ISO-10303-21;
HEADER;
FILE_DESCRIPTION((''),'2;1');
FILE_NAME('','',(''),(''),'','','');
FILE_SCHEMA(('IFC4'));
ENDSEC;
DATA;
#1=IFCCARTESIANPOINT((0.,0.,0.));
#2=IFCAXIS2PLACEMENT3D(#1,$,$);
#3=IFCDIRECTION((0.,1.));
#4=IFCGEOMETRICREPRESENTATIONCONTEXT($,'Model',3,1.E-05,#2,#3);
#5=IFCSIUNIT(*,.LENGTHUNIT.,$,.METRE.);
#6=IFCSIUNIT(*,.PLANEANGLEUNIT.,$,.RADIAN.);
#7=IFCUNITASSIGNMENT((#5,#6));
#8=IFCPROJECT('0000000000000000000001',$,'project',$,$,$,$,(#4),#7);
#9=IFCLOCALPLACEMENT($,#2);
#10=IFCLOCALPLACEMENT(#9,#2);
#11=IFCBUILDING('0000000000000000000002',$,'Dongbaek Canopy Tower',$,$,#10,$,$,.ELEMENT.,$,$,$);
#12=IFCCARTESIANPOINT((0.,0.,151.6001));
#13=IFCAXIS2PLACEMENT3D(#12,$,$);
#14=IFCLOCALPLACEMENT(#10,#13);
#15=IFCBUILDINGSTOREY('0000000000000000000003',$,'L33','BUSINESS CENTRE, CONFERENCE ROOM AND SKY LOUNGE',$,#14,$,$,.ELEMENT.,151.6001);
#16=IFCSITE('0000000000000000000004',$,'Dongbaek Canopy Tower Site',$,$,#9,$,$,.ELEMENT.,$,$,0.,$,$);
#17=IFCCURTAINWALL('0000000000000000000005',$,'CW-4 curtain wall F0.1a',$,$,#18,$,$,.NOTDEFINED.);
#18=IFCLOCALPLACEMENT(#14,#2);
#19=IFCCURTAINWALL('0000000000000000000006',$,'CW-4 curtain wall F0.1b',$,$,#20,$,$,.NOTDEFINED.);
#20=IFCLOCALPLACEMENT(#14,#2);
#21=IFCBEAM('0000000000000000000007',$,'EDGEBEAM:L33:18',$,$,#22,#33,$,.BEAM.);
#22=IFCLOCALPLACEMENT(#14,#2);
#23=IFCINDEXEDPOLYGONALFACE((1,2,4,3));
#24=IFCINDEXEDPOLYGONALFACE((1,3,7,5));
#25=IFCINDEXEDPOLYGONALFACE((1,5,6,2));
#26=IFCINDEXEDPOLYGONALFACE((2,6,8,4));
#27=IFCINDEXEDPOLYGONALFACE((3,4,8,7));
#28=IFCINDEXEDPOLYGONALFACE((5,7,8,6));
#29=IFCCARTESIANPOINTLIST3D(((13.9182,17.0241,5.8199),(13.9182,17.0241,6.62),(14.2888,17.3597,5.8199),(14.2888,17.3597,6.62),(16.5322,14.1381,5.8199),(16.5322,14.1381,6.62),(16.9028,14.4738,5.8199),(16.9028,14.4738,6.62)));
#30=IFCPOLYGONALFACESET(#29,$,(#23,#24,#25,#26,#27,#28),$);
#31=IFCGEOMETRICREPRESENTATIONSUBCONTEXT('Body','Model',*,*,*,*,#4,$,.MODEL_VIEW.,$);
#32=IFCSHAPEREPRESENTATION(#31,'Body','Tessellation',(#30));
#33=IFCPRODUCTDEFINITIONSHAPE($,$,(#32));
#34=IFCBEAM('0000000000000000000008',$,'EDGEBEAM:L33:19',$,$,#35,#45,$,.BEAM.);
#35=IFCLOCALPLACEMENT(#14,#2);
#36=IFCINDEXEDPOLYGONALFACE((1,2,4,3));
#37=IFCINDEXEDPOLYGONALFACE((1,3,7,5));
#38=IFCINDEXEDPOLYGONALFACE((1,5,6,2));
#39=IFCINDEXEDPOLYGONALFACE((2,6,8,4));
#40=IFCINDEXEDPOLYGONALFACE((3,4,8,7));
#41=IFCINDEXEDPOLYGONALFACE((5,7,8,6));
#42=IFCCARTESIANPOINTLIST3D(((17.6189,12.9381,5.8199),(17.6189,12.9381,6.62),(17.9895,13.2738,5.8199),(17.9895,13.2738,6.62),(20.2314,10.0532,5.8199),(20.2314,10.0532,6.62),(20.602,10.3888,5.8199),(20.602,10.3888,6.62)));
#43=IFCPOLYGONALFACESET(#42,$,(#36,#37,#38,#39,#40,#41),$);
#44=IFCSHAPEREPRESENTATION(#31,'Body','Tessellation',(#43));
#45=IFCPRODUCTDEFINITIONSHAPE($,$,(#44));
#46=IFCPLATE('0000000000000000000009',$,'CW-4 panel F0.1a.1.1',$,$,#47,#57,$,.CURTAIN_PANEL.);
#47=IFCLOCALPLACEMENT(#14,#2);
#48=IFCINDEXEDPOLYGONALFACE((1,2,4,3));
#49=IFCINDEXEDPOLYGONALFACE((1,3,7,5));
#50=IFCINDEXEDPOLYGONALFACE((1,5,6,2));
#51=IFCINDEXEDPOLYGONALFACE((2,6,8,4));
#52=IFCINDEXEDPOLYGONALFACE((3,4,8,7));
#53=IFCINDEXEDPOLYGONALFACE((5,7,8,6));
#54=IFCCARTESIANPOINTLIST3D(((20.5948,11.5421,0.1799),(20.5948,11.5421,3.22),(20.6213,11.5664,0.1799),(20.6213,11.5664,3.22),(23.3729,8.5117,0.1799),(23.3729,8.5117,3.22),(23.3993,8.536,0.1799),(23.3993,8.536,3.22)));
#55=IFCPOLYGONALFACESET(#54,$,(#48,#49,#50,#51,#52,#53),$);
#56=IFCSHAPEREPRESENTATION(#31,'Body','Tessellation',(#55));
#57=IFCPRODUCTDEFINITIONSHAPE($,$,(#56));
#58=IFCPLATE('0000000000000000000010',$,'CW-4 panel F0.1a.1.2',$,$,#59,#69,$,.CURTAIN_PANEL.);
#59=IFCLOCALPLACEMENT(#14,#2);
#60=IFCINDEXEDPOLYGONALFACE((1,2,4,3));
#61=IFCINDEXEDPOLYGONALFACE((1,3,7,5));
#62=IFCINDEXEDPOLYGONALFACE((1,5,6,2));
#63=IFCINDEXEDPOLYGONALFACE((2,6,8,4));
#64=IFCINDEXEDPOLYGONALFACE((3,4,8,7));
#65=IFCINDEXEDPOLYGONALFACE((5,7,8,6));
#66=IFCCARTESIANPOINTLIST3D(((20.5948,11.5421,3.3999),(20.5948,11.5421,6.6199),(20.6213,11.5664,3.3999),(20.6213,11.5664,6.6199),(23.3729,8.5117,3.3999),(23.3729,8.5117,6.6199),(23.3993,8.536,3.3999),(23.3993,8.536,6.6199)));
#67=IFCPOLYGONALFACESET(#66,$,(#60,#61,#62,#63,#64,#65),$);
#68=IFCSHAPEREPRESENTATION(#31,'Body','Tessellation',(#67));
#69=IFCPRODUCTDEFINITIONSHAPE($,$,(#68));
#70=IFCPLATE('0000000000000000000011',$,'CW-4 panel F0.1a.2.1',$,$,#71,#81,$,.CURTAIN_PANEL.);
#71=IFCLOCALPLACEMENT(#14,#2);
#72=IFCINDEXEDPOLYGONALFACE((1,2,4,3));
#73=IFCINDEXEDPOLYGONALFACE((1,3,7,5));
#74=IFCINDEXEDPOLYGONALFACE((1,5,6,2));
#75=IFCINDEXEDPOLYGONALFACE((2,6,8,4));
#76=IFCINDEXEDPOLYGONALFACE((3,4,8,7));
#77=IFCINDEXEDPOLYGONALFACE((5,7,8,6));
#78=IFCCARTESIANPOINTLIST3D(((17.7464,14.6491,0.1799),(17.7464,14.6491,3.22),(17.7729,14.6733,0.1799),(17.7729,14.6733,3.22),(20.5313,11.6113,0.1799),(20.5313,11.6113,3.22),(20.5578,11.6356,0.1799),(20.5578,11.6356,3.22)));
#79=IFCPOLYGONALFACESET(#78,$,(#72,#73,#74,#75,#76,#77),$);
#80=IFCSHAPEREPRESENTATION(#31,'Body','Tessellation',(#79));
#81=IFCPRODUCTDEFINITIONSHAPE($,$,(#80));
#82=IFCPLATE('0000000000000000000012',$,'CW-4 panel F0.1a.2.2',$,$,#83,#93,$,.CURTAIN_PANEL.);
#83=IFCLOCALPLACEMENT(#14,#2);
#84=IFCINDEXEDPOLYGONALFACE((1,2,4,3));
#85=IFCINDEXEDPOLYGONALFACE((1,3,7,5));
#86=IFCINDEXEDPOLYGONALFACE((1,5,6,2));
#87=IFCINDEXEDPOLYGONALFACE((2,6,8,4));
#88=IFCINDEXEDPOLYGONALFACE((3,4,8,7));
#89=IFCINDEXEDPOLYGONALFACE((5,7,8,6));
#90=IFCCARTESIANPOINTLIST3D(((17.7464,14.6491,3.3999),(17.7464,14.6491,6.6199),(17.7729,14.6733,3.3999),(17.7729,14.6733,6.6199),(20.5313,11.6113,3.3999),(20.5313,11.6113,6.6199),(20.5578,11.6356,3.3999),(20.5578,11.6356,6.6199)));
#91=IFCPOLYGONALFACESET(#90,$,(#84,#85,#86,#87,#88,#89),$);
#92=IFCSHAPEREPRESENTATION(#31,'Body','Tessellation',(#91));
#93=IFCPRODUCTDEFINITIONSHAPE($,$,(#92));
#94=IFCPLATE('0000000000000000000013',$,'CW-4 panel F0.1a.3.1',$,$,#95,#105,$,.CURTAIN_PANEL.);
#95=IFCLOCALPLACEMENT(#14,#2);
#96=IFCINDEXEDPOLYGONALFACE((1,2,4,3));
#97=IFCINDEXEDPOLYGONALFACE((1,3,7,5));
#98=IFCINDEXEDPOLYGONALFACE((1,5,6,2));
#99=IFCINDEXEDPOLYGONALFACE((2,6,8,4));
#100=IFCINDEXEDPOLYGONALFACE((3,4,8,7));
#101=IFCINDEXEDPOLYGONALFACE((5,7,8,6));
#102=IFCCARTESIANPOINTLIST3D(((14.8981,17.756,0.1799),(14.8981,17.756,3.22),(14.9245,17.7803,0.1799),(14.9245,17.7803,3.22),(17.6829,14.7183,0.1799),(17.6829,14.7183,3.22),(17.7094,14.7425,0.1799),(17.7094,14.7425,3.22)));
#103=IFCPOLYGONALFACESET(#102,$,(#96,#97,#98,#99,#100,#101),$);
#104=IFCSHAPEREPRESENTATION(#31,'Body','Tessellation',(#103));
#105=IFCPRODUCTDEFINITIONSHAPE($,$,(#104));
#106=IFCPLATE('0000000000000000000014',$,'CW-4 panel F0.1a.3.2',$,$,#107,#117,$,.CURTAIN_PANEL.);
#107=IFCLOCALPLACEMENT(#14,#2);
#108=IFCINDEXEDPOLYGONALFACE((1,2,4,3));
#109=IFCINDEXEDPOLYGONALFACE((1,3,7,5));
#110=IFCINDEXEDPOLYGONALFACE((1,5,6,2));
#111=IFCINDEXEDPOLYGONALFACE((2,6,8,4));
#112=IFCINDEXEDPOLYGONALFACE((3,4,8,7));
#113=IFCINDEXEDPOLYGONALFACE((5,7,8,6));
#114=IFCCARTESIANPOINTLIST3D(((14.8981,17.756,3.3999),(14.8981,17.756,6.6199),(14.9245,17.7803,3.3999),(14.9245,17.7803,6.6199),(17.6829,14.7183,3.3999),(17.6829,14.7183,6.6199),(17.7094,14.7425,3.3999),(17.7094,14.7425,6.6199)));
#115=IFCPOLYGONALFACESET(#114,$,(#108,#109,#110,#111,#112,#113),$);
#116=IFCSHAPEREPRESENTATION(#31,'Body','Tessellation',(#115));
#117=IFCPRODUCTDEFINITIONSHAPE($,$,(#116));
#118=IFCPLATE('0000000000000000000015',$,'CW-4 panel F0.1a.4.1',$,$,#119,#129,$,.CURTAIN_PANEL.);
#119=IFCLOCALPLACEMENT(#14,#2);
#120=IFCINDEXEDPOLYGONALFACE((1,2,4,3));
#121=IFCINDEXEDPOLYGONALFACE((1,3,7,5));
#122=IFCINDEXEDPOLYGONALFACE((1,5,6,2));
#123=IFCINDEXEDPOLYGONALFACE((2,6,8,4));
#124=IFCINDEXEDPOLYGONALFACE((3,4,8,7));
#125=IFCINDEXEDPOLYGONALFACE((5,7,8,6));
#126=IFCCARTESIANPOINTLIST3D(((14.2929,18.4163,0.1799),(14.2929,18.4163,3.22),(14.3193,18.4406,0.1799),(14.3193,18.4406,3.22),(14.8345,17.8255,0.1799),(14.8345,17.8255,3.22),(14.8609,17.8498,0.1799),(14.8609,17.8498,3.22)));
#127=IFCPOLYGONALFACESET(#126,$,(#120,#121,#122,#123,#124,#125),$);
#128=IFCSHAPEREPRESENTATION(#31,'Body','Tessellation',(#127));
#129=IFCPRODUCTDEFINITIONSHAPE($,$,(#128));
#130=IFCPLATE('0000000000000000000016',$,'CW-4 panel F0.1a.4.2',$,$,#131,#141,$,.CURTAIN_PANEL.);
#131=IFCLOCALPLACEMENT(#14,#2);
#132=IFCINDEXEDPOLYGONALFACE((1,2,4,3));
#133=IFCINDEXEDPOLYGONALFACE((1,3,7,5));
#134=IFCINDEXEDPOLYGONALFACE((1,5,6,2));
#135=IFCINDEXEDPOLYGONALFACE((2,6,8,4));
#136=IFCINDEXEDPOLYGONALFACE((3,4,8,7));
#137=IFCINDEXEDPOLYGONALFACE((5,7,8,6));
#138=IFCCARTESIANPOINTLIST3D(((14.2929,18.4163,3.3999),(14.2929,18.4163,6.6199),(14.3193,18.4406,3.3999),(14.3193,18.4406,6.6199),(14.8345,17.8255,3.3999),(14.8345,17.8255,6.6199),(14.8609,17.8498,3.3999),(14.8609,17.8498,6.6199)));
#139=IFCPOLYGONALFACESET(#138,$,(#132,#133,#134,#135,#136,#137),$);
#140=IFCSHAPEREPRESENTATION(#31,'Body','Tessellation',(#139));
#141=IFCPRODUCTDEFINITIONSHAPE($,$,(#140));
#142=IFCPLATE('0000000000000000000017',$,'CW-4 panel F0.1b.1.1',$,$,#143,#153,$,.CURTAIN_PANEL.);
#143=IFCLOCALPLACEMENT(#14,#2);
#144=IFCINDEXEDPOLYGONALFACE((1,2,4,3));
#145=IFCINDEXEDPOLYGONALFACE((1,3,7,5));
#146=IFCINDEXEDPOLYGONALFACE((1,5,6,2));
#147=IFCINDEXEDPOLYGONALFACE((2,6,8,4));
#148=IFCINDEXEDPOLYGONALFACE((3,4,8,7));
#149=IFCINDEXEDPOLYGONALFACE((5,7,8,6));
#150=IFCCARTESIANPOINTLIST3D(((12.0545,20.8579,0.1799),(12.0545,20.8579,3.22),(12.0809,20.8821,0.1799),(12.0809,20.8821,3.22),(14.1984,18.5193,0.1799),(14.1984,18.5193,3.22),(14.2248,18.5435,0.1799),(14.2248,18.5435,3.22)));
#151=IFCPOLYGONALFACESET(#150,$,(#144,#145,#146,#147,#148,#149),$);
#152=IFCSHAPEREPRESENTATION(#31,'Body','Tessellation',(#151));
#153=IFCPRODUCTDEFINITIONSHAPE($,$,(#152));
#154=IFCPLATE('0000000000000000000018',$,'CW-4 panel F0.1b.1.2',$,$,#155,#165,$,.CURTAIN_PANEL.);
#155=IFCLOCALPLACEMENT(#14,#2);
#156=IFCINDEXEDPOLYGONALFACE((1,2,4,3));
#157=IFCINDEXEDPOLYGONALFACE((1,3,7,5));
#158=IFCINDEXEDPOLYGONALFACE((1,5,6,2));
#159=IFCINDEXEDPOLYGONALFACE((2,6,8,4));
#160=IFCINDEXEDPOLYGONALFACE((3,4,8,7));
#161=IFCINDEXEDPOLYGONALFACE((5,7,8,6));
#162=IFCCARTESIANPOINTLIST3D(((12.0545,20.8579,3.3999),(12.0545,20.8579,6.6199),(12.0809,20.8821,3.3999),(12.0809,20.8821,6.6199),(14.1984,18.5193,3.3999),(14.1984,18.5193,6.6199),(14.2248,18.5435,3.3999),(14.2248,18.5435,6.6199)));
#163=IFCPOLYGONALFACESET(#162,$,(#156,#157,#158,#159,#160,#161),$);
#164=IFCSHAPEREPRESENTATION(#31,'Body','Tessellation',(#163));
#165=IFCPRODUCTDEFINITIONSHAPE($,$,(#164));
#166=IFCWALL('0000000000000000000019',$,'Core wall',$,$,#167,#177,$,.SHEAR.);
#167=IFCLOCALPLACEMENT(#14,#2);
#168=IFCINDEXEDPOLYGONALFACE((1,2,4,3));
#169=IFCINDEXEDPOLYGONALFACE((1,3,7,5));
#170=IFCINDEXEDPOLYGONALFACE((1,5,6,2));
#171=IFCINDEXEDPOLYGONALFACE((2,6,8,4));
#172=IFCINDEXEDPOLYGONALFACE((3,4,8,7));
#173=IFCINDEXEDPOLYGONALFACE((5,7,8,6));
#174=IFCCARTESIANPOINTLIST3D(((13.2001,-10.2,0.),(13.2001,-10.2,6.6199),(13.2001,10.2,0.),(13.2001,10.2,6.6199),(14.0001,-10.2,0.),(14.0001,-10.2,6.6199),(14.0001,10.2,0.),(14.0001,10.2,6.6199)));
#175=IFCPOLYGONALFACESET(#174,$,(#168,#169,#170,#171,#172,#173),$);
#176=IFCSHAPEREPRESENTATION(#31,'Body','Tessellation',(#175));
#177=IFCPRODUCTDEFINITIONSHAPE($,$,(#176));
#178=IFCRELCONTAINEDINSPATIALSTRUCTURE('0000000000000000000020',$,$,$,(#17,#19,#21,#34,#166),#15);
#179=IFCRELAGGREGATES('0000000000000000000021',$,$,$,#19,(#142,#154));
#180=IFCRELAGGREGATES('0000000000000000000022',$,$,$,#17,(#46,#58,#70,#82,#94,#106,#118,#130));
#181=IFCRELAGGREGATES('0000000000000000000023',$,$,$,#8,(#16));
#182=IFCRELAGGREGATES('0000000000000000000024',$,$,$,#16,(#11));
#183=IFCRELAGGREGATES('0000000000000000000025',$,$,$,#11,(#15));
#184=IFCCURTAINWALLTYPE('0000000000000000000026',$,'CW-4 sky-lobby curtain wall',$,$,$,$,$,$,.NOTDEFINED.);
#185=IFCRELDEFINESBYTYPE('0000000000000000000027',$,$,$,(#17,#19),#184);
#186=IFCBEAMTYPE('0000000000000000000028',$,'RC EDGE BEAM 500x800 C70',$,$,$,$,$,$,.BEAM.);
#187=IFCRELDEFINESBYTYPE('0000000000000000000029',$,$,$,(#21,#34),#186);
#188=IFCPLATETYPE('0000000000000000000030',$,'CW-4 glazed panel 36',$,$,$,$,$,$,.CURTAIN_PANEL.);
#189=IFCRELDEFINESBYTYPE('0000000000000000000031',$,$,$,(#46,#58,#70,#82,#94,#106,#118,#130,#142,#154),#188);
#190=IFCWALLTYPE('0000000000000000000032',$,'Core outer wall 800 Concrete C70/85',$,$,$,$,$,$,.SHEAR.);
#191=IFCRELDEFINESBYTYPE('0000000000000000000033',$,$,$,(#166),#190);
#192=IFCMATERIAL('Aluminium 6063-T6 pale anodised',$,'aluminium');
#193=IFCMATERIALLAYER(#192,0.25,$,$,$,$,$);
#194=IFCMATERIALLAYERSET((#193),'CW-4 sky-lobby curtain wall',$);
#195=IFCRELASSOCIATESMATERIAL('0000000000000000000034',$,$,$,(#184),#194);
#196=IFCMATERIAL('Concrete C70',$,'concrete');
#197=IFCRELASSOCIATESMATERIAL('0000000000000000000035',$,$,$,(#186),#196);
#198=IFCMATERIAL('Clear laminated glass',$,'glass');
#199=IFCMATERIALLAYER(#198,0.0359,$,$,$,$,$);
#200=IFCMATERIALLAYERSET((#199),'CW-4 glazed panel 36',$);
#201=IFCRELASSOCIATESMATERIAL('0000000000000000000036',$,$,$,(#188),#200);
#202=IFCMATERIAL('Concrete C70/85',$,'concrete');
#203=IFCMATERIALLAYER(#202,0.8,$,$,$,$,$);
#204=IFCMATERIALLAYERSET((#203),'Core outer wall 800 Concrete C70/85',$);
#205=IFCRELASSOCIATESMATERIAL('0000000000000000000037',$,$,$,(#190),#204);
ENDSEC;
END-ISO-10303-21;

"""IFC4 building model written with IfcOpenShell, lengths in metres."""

from ifc_helpers import new_model, si_unit, direction, frame, frame_2d, origin, origin_2d, place, context, subcontext, project, spatial, rectangle, extrude, material, layer, layer_set, material_profile, profile_set, type_object, element, aggregate, save


model = new_model("IFC4")

# Units and contexts
model_context = context("Model", 3, precision=1e-05, world=origin(), true_north=direction((0.0, 1.0)))
body_context = subcontext(model_context, "Body", "Model", "MODEL_VIEW")
ifc_project = project(units=[si_unit("LENGTHUNIT", "METRE"), si_unit("PLANEANGLEUNIT", "RADIAN")], contexts=[model_context])

# Site, building, storey
site_placement = place(None, origin())
site = spatial("IfcSite", under=ifc_project, at=site_placement, Name="Dongbaek Canopy Tower Site", CompositionType="ELEMENT", RefElevation=0.0)
building_placement = place(site_placement, origin())
building = spatial("IfcBuilding", under=site, at=building_placement, Name="Dongbaek Canopy Tower", CompositionType="ELEMENT")
storey_placement = place(building_placement, frame((0.0, 0.0, 151.6001)))
storey = spatial("IfcBuildingStorey", under=building, at=storey_placement, Name="L33", Description="BUSINESS CENTRE, CONFERENCE ROOM AND SKY LOUNGE", CompositionType="ELEMENT", Elevation=151.6001)

# Curtain walls
ifc_material_1 = material(Name="Aluminium 6063-T6 pale anodised", Category="aluminium")
ifc_layer_1 = layer(ifc_material_1, 0.25)
ifc_layer_set_1 = layer_set([ifc_layer_1], Name="CW-4 sky-lobby curtain wall")
curtain_wall_type = type_object("IfcCurtainWallType", Name="CW-4 sky-lobby curtain wall", PredefinedType="NOTDEFINED", material=ifc_layer_set_1)
curtain_wall_1_placement = place(storey_placement, origin())
curtain_wall_1 = element("IfcCurtainWall", 1, at=curtain_wall_1_placement, inside=storey, type_object=curtain_wall_type, Name="CW-4 curtain wall F0.1a", PredefinedType="NOTDEFINED")
curtain_wall_2_placement = place(storey_placement, origin())
curtain_wall_2 = element("IfcCurtainWall", 2, at=curtain_wall_2_placement, inside=storey, type_object=curtain_wall_type, Name="CW-4 curtain wall F0.1b", PredefinedType="NOTDEFINED")

# Beams
ifc_material_2 = material(Name="Concrete C70", Category="concrete")
ifc_material_profile_1 = material_profile(ifc_material_2, rectangle(XDim=0.5, YDim=0.8, at=origin_2d()), Name="RC EDGE BEAM 500x800 C70")
ifc_profile_set_1 = profile_set([ifc_material_profile_1], Name="Concrete C70")
beam_type = type_object("IfcBeamType", Name="RC EDGE BEAM 500x800 C70", PredefinedType="BEAM", material=ifc_profile_set_1)
beam_1_placement = place(storey_placement, frame((14.1035, 17.1919, 6.22), z_axis=(0.67132, -0.741167, 0.0), x_axis=(0.741167, 0.67132, 0.0)))
element("IfcBeam", 3, at=beam_1_placement, inside=storey, type_object=beam_type, Name="EDGEBEAM:L33:18", PredefinedType="BEAM", context=body_context, shape_type="SweptSolid", body=[
    extrude(rectangle(XDim=0.5, YDim=0.8, at=origin_2d()), origin(), (0.0, 0.0, 1.0), 3.8938),
])
beam_2_placement = place(storey_placement, frame((17.8042, 13.106, 6.22), z_axis=(0.671238, -0.741241, 0.0), x_axis=(0.741241, 0.671238, 0.0)))
element("IfcBeam", 4, at=beam_2_placement, inside=storey, type_object=beam_type, Name="EDGEBEAM:L33:19", PredefinedType="BEAM", context=body_context, shape_type="SweptSolid", body=[
    extrude(rectangle(XDim=0.5, YDim=0.8, at=origin_2d()), origin(), (0.0, 0.0, 1.0), 3.8921),
])

# Plates
ifc_material_3 = material(Name="Clear laminated glass", Category="glass")
ifc_layer_2 = layer(ifc_material_3, 0.0359)
ifc_layer_set_2 = layer_set([ifc_layer_2], Name="CW-4 glazed panel 36")
plate_type = type_object("IfcPlateType", Name="CW-4 glazed panel 36", PredefinedType="CURTAIN_PANEL", material=ifc_layer_set_2)
plate_1_placement = place(storey_placement, frame((21.9971, 10.0391, 0.1799), z_axis=(0.0, 0.0, 1.0), x_axis=(-0.675756, 0.737125, 0.0)))
plate_1 = element("IfcPlate", 5, at=plate_1_placement, type_object=plate_type, Name="CW-4 panel F0.1a.1.1", PredefinedType="CURTAIN_PANEL", context=body_context, shape_type="SweptSolid", body=[
    extrude(rectangle(XDim=4.1111, YDim=0.0359, at=origin_2d()), origin(), (0.0, 0.0, 1.0), 3.04),
])
plate_2_placement = place(storey_placement, frame((21.9971, 10.0391, 3.3999), z_axis=(0.0, 0.0, 1.0), x_axis=(-0.675756, 0.737125, 0.0)))
plate_2 = element("IfcPlate", 6, at=plate_2_placement, type_object=plate_type, Name="CW-4 panel F0.1a.1.2", PredefinedType="CURTAIN_PANEL", context=body_context, shape_type="SweptSolid", body=[
    extrude(rectangle(XDim=4.1111, YDim=0.0359, at=origin_2d()), origin(), (0.0, 0.0, 1.0), 3.22),
])
plate_3_placement = place(storey_placement, frame((19.1521, 13.1423, 0.1799), z_axis=(0.0, 0.0, 1.0), x_axis=(-0.675756, 0.737125, 0.0)))
plate_3 = element("IfcPlate", 7, at=plate_3_placement, type_object=plate_type, Name="CW-4 panel F0.1a.2.1", PredefinedType="CURTAIN_PANEL", context=body_context, shape_type="SweptSolid", body=[
    extrude(rectangle(XDim=4.1211, YDim=0.0359, at=origin_2d()), origin(), (0.0, 0.0, 1.0), 3.04),
])
plate_4_placement = place(storey_placement, frame((19.1521, 13.1423, 3.3999), z_axis=(0.0, 0.0, 1.0), x_axis=(-0.675756, 0.737125, 0.0)))
plate_4 = element("IfcPlate", 8, at=plate_4_placement, type_object=plate_type, Name="CW-4 panel F0.1a.2.2", PredefinedType="CURTAIN_PANEL", context=body_context, shape_type="SweptSolid", body=[
    extrude(rectangle(XDim=4.1211, YDim=0.0359, at=origin_2d()), origin(), (0.0, 0.0, 1.0), 3.22),
])
plate_5_placement = place(storey_placement, frame((16.3037, 16.2493, 0.1799), z_axis=(0.0, 0.0, 1.0), x_axis=(-0.675756, 0.737125, 0.0)))
plate_5 = element("IfcPlate", 9, at=plate_5_placement, type_object=plate_type, Name="CW-4 panel F0.1a.3.1", PredefinedType="CURTAIN_PANEL", context=body_context, shape_type="SweptSolid", body=[
    extrude(rectangle(XDim=4.1211, YDim=0.0359, at=origin_2d()), origin(), (0.0, 0.0, 1.0), 3.04),
])
plate_6_placement = place(storey_placement, frame((16.3037, 16.2493, 3.3999), z_axis=(0.0, 0.0, 1.0), x_axis=(-0.675756, 0.737125, 0.0)))
plate_6 = element("IfcPlate", 10, at=plate_6_placement, type_object=plate_type, Name="CW-4 panel F0.1a.3.2", PredefinedType="CURTAIN_PANEL", context=body_context, shape_type="SweptSolid", body=[
    extrude(rectangle(XDim=4.1211, YDim=0.0359, at=origin_2d()), origin(), (0.0, 0.0, 1.0), 3.22),
])
plate_7_placement = place(storey_placement, frame((14.5769, 18.1331, 0.1799), z_axis=(0.0, 0.0, 1.0), x_axis=(-0.675756, 0.737125, 0.0)))
plate_7 = element("IfcPlate", 11, at=plate_7_placement, type_object=plate_type, Name="CW-4 panel F0.1a.4.1", PredefinedType="CURTAIN_PANEL", context=body_context, shape_type="SweptSolid", body=[
    extrude(rectangle(XDim=0.8015, YDim=0.0359, at=origin_2d()), origin(), (0.0, 0.0, 1.0), 3.04),
])
plate_8_placement = place(storey_placement, frame((14.5769, 18.1331, 3.3999), z_axis=(0.0, 0.0, 1.0), x_axis=(-0.675756, 0.737125, 0.0)))
plate_8 = element("IfcPlate", 12, at=plate_8_placement, type_object=plate_type, Name="CW-4 panel F0.1a.4.2", PredefinedType="CURTAIN_PANEL", context=body_context, shape_type="SweptSolid", body=[
    extrude(rectangle(XDim=0.8015, YDim=0.0359, at=origin_2d()), origin(), (0.0, 0.0, 1.0), 3.22),
])
plate_9_placement = place(storey_placement, frame((13.1396, 19.7007, 0.1799), z_axis=(0.0, 0.0, 1.0), x_axis=(-0.675756, 0.737125, 0.0)))
plate_9 = element("IfcPlate", 13, at=plate_9_placement, type_object=plate_type, Name="CW-4 panel F0.1b.1.1", PredefinedType="CURTAIN_PANEL", context=body_context, shape_type="SweptSolid", body=[
    extrude(rectangle(XDim=3.1726, YDim=0.0359, at=origin_2d()), origin(), (0.0, 0.0, 1.0), 3.04),
])
plate_10_placement = place(storey_placement, frame((13.1396, 19.7007, 3.3999), z_axis=(0.0, 0.0, 1.0), x_axis=(-0.675756, 0.737125, 0.0)))
plate_10 = element("IfcPlate", 14, at=plate_10_placement, type_object=plate_type, Name="CW-4 panel F0.1b.1.2", PredefinedType="CURTAIN_PANEL", context=body_context, shape_type="SweptSolid", body=[
    extrude(rectangle(XDim=3.1726, YDim=0.0359, at=origin_2d()), origin(), (0.0, 0.0, 1.0), 3.22),
])
aggregate(curtain_wall_2, [plate_9, plate_10])

# Wall
ifc_material_4 = material(Name="Concrete C70/85", Category="concrete")
ifc_layer_3 = layer(ifc_material_4, 0.8)
ifc_layer_set_3 = layer_set([ifc_layer_3], Name="Core outer wall 800 Concrete C70/85")
wall_type_1 = type_object("IfcWallType", Name="Core outer wall 800 Concrete C70/85", PredefinedType="SHEAR", material=ifc_layer_set_3)
wall_1_placement = place(storey_placement, frame((13.6001, 10.2, 0.0), z_axis=(0.0, 0.0, 1.0), x_axis=(0.0, -1.0, 0.0)))
element("IfcWall", 15, at=wall_1_placement, inside=storey, type_object=wall_type_1, Name="Core wall", PredefinedType="SHEAR", context=body_context, shape_type="SweptSolid", body=[
    extrude(rectangle(XDim=20.3999, YDim=0.8, at=frame_2d((10.2, 0.0))), origin(), (0.0, 0.0, 1.0), 6.6199),
])

aggregate(curtain_wall_1, [plate_1, plate_2, plate_3, plate_4, plate_5, plate_6, plate_7, plate_8])

save(model, "model.ifc")
